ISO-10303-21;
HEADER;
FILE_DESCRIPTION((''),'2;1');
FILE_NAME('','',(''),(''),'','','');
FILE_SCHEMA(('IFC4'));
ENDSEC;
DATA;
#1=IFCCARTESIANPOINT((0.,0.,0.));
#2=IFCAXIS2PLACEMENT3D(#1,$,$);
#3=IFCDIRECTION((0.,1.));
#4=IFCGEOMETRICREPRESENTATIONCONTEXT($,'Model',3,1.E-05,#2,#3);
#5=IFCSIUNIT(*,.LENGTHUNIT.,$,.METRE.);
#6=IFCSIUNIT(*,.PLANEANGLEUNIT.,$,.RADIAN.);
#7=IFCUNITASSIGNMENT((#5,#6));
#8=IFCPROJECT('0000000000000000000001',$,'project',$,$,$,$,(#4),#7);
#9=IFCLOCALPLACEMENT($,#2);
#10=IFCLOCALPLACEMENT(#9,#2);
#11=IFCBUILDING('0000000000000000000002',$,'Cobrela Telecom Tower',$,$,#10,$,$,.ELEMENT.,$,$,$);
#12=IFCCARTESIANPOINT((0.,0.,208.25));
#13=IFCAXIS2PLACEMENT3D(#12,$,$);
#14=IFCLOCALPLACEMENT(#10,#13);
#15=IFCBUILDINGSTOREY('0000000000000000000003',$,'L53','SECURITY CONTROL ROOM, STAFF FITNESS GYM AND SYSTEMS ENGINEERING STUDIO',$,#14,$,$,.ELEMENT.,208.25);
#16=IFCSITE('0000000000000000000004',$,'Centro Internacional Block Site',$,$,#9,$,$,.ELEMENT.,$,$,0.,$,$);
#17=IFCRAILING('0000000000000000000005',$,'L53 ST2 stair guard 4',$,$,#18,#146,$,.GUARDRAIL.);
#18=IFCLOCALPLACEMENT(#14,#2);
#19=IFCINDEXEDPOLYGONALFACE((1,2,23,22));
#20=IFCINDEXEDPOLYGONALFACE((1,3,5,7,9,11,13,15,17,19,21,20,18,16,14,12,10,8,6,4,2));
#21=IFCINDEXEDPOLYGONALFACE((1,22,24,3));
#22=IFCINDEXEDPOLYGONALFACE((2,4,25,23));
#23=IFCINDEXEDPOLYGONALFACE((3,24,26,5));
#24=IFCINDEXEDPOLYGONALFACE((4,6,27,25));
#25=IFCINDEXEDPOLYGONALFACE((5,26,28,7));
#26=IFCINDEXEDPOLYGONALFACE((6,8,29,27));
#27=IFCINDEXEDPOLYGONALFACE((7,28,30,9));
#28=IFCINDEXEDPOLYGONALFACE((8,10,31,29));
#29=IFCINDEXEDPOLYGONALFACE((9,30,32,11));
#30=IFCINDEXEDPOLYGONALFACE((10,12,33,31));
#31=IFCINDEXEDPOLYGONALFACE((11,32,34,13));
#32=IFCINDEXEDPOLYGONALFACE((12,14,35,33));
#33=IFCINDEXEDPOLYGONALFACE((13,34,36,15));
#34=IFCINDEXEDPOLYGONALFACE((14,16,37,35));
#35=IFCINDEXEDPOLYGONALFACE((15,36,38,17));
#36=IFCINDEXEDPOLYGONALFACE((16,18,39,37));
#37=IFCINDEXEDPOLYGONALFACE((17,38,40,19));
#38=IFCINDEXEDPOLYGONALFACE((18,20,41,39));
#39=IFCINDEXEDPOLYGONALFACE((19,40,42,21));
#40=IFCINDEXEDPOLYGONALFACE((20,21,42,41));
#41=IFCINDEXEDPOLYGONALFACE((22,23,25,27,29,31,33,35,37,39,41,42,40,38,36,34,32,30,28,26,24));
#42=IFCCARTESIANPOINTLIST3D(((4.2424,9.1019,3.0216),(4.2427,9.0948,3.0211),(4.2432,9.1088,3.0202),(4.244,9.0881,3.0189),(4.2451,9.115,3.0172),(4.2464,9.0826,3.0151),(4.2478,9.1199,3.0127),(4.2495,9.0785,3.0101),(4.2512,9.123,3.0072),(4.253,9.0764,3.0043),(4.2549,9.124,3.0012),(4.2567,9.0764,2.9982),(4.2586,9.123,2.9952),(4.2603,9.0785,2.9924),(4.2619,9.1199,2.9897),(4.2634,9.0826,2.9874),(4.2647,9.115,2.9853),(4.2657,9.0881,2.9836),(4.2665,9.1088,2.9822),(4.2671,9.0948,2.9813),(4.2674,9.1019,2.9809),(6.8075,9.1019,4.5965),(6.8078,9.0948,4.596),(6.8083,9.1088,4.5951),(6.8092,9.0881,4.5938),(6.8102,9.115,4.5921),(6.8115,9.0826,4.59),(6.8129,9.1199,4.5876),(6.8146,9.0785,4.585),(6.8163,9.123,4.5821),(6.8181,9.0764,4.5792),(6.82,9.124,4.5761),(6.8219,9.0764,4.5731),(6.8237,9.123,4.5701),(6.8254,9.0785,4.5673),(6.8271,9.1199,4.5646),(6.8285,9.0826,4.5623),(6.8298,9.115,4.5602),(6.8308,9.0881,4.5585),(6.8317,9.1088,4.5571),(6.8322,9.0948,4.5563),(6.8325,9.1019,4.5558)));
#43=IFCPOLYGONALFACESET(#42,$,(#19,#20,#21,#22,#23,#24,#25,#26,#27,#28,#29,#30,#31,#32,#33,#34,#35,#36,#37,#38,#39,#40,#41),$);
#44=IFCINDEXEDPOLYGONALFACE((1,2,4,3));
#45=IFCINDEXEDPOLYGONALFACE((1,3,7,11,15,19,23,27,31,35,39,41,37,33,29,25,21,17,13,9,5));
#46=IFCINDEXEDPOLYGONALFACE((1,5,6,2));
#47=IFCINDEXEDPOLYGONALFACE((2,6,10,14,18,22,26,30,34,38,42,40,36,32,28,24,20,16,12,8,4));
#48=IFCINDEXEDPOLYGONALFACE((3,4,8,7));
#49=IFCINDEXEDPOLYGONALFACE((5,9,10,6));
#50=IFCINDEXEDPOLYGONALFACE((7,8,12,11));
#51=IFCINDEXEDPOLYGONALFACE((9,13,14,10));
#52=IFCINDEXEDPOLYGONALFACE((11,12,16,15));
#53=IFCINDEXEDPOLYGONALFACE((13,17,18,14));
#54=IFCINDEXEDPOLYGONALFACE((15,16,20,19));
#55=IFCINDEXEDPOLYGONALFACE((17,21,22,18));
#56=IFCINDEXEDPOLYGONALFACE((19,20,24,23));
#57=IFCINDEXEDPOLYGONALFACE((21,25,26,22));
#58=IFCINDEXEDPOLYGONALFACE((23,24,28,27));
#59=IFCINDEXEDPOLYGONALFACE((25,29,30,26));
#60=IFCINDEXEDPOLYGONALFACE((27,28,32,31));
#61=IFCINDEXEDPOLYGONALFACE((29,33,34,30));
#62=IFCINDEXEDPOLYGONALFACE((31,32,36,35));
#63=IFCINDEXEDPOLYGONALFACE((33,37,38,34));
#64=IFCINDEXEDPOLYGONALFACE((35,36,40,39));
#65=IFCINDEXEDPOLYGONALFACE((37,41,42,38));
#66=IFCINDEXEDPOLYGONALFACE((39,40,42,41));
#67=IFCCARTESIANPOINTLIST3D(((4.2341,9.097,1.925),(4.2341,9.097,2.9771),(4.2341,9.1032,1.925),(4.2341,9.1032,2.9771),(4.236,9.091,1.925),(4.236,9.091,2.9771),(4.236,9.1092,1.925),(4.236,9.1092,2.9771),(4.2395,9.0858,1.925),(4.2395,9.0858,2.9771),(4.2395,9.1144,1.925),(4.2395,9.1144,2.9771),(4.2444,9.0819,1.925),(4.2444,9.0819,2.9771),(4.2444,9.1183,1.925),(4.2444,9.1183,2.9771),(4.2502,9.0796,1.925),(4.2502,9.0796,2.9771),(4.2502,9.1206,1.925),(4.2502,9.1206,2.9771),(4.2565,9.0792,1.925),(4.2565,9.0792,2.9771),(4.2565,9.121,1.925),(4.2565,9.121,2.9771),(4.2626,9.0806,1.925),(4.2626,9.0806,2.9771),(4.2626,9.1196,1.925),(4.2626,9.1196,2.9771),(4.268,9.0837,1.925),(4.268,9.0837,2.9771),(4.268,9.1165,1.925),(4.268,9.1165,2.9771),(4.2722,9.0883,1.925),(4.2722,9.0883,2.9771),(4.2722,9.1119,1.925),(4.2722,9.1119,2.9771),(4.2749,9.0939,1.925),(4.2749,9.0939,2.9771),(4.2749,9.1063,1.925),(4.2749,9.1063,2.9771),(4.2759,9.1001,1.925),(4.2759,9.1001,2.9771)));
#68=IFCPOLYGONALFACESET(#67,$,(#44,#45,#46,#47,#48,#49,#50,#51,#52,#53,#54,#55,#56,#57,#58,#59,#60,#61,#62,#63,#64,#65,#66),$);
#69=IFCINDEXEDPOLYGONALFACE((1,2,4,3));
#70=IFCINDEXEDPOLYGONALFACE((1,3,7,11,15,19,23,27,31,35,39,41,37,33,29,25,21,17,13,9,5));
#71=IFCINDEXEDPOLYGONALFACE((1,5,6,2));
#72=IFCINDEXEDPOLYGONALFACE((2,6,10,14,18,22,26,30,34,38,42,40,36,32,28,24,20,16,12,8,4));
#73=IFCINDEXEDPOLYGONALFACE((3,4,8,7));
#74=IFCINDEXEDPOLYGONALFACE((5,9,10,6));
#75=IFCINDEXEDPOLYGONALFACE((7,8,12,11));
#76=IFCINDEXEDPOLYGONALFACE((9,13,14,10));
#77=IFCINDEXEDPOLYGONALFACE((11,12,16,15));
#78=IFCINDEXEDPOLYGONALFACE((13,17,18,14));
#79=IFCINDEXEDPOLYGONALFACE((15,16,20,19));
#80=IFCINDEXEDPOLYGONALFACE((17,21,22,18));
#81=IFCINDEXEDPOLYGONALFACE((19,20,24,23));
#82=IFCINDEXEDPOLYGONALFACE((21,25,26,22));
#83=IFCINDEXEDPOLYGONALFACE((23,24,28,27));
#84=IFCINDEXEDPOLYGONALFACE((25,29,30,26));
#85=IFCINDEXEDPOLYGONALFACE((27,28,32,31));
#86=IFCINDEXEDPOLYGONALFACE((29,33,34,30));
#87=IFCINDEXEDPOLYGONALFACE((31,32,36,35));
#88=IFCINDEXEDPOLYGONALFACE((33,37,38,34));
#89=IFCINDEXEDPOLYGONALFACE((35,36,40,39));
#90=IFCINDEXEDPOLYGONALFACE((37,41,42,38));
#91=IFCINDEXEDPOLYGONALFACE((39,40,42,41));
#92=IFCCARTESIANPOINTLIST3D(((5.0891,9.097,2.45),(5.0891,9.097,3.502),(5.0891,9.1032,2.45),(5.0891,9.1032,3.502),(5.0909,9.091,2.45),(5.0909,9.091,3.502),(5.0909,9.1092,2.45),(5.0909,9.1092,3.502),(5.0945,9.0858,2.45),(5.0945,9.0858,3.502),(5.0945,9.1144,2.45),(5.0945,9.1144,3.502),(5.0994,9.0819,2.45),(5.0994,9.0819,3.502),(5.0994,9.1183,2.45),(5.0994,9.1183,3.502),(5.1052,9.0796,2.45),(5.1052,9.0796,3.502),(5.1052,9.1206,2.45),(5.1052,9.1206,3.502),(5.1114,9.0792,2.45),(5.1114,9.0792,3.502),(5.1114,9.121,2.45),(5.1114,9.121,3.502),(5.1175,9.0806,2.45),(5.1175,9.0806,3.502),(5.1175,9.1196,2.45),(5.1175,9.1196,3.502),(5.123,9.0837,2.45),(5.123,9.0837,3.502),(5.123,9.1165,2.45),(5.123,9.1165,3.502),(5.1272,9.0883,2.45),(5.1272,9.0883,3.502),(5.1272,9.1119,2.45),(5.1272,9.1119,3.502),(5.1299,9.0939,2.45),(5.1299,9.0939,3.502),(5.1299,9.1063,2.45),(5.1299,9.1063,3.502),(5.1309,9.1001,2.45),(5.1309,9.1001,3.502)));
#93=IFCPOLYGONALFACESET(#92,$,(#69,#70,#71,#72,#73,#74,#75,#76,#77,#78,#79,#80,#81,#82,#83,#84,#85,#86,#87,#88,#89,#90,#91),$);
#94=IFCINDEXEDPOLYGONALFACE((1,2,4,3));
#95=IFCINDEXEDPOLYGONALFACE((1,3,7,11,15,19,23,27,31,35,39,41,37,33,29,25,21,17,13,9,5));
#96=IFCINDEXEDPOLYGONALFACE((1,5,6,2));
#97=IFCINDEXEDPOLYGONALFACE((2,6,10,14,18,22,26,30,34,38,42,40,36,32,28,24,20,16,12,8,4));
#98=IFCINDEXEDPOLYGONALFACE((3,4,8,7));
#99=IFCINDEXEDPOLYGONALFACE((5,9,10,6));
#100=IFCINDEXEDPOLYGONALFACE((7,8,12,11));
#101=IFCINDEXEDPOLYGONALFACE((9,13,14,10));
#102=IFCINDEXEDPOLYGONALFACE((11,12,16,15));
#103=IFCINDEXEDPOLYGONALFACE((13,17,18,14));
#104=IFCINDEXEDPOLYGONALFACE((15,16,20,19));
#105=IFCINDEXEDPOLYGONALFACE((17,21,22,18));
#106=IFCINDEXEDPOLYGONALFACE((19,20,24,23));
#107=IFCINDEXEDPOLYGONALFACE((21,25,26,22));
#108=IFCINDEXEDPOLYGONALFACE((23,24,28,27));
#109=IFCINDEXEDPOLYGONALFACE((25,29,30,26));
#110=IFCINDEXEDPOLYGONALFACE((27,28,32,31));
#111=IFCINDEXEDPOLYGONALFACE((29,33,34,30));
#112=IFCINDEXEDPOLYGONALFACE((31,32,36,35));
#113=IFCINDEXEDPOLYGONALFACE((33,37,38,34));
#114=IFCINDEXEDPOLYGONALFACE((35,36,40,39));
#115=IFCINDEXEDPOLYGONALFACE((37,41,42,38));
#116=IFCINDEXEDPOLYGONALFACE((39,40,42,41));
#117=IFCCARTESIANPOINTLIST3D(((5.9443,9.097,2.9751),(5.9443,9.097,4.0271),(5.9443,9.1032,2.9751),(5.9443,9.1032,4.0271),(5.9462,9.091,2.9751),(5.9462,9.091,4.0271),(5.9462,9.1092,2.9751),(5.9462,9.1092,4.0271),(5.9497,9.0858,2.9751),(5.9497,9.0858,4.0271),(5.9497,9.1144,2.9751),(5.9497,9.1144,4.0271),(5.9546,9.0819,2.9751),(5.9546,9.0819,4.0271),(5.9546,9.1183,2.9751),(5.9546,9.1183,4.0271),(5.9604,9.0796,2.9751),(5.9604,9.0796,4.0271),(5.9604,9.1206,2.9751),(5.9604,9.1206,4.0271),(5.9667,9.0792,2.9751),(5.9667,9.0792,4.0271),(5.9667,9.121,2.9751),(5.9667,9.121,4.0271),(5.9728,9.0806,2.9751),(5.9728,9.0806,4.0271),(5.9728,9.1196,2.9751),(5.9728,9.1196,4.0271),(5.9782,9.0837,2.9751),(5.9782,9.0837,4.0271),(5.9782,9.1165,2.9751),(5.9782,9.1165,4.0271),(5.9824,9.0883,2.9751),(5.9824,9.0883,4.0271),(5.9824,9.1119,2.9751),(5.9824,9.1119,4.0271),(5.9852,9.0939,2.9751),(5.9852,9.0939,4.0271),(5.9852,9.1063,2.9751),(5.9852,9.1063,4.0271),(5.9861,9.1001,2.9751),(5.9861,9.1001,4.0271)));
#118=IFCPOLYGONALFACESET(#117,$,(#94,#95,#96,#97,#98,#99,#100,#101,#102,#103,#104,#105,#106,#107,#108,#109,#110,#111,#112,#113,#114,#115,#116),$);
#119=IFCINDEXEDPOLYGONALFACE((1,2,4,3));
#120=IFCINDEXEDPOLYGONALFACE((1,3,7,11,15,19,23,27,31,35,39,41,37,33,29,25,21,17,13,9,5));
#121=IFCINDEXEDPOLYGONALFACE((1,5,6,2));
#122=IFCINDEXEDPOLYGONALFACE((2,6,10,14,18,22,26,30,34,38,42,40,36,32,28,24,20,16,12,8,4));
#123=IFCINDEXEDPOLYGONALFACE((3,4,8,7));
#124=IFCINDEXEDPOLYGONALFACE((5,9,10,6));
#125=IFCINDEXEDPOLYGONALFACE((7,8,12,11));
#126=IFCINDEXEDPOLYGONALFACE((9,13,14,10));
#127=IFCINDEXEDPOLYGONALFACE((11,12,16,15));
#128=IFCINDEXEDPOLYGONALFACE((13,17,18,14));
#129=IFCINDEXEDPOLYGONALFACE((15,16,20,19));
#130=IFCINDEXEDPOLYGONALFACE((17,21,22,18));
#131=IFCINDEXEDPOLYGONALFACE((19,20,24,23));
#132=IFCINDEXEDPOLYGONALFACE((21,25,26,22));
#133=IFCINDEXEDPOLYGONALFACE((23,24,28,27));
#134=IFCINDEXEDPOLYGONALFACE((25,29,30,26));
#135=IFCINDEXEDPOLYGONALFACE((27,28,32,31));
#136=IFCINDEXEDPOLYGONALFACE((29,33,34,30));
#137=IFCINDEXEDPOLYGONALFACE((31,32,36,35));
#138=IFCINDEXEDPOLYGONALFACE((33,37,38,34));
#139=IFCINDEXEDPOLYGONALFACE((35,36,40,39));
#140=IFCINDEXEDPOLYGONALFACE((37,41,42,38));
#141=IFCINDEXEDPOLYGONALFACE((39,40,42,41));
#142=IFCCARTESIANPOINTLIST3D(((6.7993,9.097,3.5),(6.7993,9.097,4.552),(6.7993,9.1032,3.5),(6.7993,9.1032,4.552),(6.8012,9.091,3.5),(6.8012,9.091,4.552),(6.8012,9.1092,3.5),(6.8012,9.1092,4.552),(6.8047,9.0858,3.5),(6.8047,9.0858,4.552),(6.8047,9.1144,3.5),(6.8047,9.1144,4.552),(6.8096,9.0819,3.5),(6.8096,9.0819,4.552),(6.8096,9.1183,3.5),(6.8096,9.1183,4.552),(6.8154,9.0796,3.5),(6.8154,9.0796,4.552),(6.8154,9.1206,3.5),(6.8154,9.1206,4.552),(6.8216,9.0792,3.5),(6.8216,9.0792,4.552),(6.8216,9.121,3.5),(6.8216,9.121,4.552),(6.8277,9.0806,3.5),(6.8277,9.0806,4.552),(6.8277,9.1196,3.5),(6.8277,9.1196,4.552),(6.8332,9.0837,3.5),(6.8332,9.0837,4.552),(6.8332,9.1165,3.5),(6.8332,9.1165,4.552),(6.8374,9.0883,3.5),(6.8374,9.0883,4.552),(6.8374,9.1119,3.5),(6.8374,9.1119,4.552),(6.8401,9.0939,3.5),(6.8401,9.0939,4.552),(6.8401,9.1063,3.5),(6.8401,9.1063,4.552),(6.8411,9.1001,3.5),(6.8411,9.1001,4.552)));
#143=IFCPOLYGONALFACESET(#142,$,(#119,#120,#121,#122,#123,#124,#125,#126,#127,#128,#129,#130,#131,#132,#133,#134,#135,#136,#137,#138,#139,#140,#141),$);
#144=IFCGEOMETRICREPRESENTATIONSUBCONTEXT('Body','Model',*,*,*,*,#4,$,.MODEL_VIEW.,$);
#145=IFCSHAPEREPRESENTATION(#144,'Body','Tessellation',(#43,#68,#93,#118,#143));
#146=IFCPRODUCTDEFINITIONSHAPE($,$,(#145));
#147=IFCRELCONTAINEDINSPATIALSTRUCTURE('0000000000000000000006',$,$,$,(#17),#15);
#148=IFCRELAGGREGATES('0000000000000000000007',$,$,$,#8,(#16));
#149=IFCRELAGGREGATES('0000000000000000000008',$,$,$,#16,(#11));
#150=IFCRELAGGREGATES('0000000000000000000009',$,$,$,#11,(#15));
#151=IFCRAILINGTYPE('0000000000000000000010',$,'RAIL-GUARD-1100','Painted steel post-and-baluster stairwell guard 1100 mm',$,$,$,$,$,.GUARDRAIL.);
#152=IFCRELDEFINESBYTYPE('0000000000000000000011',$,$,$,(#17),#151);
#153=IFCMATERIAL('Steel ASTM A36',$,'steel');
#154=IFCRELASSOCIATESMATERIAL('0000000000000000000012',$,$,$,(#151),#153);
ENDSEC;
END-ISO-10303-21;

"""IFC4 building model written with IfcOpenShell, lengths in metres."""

from ifc_helpers import new_model, si_unit, direction, frame, origin, origin_2d, place, context, subcontext, project, spatial, circle, extrude, material, type_object, element, save


model = new_model("IFC4")

# Units and contexts
model_context = context("Model", 3, precision=1e-05, world=origin(), true_north=direction((0.0, 1.0)))
body_context = subcontext(model_context, "Body", "Model", "MODEL_VIEW")
ifc_project = project(units=[si_unit("LENGTHUNIT", "METRE"), si_unit("PLANEANGLEUNIT", "RADIAN")], contexts=[model_context])

# Site, building, storey
site_placement = place(None, origin())
site = spatial("IfcSite", under=ifc_project, at=site_placement, Name="Centro Internacional Block Site", CompositionType="ELEMENT", RefElevation=0.0)
building_placement = place(site_placement, origin())
building = spatial("IfcBuilding", under=site, at=building_placement, Name="Cobrela Telecom Tower", CompositionType="ELEMENT")
storey_placement = place(building_placement, frame((0.0, 0.0, 208.25)))
storey = spatial("IfcBuildingStorey", under=building, at=storey_placement, Name="L53", Description="SECURITY CONTROL ROOM, STAFF FITNESS GYM AND SYSTEMS ENGINEERING STUDIO", CompositionType="ELEMENT", Elevation=208.25)

# Shared definitions
ifc_material_1 = material(Name="Steel ASTM A36", Category="steel")

# Railing
railing_type = type_object("IfcRailingType", Name="RAIL-GUARD-1100", Description="Painted steel post-and-baluster stairwell guard 1100 mm", PredefinedType="GUARDRAIL", material=ifc_material_1)
railing_1_placement = place(storey_placement, frame((4.2549, 9.1001, 1.925)))
element("IfcRailing", 1, at=railing_1_placement, inside=storey, type_object=railing_type, Name="L53 ST2 stair guard 4", PredefinedType="GUARDRAIL", context=body_context, shape_type="SweptSolid", body=[
    extrude(circle(Radius=0.0239, at=origin_2d()), frame((0.0, 0.0, 1.0762), z_axis=(0.852195, 0.0, 0.523224), x_axis=(0.0, 1.0, 0.0)), (0.0, 0.0, 1.0), 3.01),
    extrude(circle(Radius=0.021, at=origin_2d()), origin(), (0.0, 0.0, 1.0), 1.052),
    extrude(circle(Radius=0.021, at=origin_2d()), frame((0.855, 0.0, 0.5249)), (0.0, 0.0, 1.0), 1.052),
    extrude(circle(Radius=0.021, at=origin_2d()), frame((1.7102, 0.0, 1.05)), (0.0, 0.0, 1.0), 1.052),
    extrude(circle(Radius=0.021, at=origin_2d()), frame((2.5652, 0.0, 1.575)), (0.0, 0.0, 1.0), 1.052),
])

save(model, "model.ifc")
